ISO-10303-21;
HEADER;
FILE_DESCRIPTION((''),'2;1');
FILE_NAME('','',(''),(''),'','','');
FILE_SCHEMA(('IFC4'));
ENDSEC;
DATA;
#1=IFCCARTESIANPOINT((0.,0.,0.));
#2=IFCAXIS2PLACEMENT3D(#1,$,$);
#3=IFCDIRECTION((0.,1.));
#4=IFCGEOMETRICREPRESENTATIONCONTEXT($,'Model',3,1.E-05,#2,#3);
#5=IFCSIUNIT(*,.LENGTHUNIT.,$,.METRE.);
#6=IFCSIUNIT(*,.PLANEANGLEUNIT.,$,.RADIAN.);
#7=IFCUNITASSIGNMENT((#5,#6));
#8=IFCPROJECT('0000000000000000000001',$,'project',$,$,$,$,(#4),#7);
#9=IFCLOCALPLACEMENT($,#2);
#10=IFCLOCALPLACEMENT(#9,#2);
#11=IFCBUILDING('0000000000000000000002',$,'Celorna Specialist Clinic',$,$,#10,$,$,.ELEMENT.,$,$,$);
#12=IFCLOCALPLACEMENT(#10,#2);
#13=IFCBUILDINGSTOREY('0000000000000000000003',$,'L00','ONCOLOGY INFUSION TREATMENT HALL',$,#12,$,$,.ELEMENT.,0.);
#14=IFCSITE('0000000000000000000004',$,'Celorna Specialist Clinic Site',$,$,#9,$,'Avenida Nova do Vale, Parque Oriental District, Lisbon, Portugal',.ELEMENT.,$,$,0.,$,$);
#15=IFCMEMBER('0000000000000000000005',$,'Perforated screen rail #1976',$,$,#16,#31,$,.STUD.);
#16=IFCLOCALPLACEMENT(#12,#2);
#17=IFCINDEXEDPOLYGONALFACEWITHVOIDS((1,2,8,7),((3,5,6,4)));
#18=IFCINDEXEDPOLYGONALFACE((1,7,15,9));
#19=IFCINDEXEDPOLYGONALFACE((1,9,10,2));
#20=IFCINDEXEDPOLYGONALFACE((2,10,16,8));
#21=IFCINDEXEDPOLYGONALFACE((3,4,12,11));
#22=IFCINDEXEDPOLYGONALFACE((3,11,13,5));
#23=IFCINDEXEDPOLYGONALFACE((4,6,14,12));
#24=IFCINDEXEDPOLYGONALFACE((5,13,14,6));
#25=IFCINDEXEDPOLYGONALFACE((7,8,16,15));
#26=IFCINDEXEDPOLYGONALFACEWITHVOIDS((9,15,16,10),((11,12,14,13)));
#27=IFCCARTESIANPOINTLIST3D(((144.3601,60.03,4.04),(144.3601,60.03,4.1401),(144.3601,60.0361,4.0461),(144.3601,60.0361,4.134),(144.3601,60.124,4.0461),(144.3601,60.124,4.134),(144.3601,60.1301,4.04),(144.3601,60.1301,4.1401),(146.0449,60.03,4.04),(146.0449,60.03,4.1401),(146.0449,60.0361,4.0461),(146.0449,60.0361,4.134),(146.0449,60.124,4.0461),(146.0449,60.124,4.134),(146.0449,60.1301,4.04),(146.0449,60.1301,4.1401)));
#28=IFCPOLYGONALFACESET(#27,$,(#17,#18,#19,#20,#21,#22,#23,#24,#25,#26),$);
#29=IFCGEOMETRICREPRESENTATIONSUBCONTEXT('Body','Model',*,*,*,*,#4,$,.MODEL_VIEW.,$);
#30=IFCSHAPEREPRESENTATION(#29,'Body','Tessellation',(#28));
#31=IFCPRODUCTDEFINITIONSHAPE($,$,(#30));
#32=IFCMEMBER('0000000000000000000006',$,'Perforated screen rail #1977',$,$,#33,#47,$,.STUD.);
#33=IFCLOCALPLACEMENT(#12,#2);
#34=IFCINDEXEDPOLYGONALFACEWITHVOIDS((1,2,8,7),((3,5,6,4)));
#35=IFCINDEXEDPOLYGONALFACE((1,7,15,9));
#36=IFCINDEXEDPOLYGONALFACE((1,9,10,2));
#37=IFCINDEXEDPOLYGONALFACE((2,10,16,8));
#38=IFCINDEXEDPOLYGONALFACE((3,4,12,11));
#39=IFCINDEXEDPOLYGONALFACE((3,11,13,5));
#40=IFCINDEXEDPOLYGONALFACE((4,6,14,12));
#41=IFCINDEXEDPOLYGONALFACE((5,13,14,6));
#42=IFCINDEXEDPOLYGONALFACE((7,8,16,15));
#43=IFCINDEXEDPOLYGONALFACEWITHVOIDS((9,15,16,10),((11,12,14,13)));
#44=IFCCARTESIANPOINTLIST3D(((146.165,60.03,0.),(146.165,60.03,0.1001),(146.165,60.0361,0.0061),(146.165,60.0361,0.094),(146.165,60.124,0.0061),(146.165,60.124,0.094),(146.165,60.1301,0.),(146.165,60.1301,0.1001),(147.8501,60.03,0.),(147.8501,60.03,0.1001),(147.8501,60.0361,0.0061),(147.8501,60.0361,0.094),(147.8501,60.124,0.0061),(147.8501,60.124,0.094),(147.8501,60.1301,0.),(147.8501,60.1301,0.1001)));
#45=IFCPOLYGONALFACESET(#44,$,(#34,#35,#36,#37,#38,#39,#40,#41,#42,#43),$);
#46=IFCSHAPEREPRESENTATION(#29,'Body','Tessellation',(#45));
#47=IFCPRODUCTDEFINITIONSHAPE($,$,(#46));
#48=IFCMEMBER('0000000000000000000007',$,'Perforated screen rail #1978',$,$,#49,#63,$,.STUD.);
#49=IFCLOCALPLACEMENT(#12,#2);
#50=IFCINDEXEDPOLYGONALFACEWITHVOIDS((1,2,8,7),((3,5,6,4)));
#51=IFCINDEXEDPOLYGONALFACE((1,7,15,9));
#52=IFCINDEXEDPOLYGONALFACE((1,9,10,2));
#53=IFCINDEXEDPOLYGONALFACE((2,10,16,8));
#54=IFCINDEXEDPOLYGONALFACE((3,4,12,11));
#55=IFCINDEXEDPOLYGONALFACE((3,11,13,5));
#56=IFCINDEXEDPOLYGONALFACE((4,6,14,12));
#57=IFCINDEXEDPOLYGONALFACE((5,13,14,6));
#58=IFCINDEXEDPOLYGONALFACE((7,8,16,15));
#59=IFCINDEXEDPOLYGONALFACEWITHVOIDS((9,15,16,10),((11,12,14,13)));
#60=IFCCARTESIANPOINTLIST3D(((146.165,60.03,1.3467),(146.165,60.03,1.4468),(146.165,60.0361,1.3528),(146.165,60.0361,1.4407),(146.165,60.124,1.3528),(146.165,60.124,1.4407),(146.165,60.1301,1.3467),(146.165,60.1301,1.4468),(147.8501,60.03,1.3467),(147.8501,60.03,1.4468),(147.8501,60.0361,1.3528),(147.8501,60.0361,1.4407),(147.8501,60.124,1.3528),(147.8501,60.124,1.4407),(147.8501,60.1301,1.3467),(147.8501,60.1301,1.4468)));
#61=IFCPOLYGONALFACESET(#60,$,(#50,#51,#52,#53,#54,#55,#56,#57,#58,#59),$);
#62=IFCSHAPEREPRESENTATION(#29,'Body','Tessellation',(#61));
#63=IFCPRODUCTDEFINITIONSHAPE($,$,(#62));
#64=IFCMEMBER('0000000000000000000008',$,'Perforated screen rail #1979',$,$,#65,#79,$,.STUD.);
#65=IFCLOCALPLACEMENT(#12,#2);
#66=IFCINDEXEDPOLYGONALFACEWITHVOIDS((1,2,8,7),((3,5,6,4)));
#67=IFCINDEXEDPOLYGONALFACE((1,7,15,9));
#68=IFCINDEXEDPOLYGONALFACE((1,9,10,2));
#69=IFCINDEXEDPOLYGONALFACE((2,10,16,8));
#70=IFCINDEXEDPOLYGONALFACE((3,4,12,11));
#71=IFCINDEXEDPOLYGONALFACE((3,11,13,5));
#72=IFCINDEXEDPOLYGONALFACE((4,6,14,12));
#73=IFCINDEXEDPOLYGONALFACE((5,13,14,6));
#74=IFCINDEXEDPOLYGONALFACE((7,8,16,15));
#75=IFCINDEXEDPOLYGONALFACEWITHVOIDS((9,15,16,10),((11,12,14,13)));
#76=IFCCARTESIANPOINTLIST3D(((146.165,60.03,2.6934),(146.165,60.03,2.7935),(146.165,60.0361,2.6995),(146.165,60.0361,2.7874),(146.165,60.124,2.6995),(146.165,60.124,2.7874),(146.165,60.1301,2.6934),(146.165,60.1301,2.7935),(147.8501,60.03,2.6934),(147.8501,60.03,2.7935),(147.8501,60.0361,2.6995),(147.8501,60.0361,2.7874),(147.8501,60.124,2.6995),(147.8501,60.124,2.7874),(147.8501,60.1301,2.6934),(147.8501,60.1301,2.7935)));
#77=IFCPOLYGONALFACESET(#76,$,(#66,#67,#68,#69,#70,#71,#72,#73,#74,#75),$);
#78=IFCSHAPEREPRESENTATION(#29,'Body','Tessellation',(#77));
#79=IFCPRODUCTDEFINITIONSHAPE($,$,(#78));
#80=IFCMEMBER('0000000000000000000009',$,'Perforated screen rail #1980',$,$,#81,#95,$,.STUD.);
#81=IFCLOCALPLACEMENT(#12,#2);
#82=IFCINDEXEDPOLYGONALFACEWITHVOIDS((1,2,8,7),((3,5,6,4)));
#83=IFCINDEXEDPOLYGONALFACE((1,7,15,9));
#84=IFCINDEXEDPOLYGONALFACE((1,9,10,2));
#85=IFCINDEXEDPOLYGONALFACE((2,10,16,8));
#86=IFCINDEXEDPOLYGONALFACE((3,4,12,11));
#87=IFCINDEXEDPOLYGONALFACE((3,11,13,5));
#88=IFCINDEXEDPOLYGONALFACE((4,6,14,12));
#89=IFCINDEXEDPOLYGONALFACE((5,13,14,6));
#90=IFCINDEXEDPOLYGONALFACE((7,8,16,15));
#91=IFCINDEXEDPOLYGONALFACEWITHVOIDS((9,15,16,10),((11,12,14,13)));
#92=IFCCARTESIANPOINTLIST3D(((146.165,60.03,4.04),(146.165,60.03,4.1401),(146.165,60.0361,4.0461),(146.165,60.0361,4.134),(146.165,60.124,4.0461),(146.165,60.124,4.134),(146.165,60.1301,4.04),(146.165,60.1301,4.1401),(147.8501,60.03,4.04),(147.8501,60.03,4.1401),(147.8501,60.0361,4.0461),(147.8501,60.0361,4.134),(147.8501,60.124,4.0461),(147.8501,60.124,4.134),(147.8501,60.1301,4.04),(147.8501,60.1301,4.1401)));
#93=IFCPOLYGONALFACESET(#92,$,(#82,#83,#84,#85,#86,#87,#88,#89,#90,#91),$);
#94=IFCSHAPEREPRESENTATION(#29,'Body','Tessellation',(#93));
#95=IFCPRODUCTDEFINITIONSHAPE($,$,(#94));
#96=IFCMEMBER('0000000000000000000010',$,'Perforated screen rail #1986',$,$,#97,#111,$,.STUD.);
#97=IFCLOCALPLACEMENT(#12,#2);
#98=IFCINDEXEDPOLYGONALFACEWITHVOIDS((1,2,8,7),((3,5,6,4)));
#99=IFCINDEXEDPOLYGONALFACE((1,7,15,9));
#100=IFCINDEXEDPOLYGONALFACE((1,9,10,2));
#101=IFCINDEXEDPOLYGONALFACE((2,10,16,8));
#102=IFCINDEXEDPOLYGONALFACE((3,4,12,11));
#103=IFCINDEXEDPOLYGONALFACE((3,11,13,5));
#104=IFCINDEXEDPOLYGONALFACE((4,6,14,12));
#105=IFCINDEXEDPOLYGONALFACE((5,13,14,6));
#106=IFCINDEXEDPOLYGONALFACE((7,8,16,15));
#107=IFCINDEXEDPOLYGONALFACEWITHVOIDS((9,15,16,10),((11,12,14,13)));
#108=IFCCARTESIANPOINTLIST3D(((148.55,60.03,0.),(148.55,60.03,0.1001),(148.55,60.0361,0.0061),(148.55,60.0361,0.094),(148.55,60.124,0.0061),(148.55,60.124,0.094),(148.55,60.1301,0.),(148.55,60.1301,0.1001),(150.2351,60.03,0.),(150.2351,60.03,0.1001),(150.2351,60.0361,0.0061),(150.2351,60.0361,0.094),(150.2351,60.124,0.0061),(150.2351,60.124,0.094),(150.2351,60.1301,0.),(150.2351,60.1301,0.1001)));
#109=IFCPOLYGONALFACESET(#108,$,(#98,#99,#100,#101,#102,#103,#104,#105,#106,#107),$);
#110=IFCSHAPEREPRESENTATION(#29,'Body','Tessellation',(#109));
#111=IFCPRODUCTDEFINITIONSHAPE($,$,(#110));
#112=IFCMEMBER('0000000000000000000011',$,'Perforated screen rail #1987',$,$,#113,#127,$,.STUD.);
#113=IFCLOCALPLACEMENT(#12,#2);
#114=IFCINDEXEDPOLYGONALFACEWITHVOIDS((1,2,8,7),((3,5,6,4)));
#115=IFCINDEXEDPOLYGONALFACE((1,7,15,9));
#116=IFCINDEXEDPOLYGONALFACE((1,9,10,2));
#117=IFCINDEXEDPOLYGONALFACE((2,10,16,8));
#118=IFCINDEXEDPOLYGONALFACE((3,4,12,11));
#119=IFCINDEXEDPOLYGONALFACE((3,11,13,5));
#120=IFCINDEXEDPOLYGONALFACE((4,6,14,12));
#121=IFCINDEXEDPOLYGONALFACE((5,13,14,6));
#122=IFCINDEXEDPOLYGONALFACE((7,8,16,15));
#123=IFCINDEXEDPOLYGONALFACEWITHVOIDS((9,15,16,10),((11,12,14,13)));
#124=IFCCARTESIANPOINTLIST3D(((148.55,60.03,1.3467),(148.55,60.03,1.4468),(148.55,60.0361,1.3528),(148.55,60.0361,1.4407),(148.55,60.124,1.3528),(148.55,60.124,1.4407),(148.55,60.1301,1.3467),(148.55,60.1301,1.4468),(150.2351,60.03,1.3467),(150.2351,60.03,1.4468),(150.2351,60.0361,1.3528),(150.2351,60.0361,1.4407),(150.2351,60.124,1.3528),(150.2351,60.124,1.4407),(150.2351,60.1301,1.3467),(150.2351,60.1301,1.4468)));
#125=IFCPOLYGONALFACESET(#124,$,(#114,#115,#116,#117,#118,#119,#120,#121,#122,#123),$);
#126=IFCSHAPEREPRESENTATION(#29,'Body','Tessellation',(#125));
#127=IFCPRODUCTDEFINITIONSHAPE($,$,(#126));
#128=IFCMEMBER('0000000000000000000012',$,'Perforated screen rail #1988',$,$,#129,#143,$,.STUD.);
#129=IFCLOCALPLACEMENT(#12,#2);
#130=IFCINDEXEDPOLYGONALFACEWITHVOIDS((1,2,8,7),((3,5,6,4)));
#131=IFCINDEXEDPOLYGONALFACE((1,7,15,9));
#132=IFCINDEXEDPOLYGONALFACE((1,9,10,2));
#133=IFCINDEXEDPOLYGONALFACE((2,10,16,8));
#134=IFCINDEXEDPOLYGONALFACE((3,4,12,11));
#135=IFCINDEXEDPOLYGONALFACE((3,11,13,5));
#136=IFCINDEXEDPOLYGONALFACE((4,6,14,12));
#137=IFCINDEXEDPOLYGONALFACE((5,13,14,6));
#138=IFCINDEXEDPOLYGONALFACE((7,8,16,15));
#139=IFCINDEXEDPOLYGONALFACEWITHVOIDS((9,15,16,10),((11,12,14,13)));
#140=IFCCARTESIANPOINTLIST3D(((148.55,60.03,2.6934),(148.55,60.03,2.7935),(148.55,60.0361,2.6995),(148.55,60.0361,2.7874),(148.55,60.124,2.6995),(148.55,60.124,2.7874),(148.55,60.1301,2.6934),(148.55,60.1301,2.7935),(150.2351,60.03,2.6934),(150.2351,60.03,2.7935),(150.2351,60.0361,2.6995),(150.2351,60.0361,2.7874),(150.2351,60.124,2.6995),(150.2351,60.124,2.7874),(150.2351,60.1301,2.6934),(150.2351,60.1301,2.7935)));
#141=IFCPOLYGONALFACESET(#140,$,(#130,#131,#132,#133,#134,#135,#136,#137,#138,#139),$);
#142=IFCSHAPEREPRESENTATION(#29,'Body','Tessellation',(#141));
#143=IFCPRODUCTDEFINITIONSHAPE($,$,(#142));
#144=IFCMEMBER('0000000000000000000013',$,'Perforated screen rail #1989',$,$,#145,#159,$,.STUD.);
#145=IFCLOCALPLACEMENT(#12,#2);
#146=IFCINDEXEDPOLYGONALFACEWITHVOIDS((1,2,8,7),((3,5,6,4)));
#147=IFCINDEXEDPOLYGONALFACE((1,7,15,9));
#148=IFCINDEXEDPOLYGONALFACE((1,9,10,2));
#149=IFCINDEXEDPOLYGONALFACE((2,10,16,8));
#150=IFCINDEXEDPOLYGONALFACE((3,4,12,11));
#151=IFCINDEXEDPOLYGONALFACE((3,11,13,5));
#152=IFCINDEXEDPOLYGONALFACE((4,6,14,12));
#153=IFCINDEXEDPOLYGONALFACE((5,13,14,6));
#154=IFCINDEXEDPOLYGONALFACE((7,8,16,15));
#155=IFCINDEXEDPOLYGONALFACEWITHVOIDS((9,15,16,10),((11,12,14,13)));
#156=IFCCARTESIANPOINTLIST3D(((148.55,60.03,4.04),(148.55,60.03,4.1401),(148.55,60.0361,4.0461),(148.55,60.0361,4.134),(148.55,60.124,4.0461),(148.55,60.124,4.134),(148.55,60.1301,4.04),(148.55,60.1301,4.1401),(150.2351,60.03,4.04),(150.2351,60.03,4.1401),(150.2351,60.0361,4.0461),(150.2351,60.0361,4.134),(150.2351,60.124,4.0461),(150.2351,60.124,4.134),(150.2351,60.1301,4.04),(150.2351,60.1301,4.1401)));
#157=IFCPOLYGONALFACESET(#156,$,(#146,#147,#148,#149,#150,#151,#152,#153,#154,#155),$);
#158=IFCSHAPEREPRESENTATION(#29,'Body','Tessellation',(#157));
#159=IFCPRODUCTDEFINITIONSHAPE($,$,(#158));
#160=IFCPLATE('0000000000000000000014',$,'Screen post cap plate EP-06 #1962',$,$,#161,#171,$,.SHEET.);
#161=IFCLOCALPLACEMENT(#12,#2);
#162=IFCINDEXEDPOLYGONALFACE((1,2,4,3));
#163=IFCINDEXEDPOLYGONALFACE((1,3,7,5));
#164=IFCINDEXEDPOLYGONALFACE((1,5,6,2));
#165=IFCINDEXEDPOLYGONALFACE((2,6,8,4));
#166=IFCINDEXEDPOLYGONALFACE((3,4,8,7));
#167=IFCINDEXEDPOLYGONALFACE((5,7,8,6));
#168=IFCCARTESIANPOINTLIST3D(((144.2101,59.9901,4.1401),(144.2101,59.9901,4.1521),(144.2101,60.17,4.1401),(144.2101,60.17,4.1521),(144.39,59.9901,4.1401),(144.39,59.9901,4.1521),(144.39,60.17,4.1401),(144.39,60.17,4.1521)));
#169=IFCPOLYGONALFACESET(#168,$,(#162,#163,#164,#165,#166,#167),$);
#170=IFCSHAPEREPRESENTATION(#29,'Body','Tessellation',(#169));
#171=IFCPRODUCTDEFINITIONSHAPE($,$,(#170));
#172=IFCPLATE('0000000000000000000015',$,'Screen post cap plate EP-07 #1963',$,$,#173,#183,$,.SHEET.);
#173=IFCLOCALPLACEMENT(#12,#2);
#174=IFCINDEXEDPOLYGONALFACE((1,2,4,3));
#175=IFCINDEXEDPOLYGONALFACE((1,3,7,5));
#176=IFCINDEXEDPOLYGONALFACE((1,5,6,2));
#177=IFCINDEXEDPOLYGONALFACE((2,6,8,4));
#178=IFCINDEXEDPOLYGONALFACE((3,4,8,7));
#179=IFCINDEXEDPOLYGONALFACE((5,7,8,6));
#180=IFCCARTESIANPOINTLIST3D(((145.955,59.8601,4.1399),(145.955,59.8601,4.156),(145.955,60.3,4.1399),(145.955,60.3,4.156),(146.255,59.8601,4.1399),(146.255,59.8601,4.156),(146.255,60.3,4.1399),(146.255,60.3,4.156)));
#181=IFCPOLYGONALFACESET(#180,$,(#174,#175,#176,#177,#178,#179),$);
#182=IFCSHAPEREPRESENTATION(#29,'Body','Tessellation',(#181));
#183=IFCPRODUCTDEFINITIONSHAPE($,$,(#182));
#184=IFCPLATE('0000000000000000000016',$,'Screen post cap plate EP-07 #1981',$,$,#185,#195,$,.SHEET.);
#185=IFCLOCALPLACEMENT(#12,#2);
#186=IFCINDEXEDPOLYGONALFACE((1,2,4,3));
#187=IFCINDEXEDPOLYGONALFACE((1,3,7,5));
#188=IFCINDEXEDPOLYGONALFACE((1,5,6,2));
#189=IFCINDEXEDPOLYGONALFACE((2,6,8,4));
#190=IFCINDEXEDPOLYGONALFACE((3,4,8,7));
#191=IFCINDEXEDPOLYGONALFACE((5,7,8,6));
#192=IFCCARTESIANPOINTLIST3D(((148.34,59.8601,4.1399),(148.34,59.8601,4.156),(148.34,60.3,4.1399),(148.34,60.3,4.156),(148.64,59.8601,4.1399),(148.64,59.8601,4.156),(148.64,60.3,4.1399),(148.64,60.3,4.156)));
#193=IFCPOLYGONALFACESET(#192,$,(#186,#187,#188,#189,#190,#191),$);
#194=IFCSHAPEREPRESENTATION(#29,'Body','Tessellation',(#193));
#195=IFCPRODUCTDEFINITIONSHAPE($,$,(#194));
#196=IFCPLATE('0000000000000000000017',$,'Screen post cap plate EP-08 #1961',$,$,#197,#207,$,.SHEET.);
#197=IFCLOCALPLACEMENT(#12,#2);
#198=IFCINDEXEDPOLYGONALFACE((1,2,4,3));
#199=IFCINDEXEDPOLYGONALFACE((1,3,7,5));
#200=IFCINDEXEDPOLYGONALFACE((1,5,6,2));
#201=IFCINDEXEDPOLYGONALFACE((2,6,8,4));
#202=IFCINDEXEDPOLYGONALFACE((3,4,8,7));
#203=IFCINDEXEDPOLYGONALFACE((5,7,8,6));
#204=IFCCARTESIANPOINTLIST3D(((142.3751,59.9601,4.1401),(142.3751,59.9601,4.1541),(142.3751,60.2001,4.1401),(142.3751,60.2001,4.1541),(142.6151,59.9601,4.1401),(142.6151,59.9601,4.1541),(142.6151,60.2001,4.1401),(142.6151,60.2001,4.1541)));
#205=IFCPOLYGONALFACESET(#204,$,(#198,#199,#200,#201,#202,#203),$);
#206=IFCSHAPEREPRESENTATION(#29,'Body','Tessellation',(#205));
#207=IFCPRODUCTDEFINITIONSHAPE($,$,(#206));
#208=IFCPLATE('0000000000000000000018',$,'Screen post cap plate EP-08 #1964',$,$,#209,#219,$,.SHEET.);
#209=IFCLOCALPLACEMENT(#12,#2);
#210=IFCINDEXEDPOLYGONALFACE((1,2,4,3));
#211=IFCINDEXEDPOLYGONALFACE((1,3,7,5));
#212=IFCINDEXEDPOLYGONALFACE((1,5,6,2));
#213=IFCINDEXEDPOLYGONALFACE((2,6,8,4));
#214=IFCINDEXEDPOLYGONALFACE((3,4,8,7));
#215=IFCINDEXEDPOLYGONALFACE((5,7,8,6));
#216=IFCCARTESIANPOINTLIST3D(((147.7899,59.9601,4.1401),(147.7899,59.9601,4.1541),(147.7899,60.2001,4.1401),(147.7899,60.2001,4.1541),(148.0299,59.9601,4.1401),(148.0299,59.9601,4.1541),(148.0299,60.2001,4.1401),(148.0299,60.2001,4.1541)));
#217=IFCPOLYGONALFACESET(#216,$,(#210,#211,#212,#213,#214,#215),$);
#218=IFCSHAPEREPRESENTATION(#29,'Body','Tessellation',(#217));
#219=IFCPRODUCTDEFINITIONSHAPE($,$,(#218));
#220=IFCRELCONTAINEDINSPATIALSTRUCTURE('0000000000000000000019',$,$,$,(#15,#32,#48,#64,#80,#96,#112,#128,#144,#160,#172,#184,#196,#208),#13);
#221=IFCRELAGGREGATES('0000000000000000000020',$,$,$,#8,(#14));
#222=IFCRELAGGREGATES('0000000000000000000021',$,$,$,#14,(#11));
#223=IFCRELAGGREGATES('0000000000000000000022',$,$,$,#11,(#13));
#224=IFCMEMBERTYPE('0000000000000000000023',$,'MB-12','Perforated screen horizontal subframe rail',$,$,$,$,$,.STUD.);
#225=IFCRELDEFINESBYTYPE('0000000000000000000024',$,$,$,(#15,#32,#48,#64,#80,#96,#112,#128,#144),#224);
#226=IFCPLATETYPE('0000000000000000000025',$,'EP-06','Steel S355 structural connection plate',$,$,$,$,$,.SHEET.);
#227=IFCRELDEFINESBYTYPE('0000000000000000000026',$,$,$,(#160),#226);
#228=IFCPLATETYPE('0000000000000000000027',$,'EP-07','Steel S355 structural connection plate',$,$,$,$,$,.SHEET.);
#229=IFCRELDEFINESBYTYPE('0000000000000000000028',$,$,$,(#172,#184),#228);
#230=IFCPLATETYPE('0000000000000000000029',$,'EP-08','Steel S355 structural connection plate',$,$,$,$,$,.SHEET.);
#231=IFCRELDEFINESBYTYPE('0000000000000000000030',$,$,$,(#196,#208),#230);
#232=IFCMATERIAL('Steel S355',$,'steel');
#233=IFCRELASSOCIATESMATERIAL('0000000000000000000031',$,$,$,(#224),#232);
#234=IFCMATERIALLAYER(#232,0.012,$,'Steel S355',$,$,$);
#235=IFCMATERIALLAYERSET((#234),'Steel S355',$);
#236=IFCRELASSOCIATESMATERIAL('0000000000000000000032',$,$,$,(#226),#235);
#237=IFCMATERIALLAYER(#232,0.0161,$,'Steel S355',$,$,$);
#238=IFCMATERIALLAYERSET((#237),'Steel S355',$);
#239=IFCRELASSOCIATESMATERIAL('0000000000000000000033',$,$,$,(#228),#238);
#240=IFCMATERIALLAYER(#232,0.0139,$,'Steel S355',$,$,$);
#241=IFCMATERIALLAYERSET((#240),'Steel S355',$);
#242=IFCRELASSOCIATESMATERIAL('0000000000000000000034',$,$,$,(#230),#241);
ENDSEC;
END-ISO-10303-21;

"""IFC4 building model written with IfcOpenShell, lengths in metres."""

from ifc_helpers import new_model, si_unit, direction, frame, origin, origin_2d, place, context, subcontext, project, spatial, rectangle, hollow_rectangle, extrude, material, layer, layer_set, material_profile, profile_set, type_object, element, save


model = new_model("IFC4")

# Units and contexts
model_context = context("Model", 3, precision=1e-05, world=origin(), true_north=direction((0.0, 1.0)))
body_context = subcontext(model_context, "Body", "Model", "MODEL_VIEW")
ifc_project = project(units=[si_unit("LENGTHUNIT", "METRE"), si_unit("PLANEANGLEUNIT", "RADIAN")], contexts=[model_context])

# Site, building, storey
site_placement = place(None, origin())
site = spatial("IfcSite", under=ifc_project, at=site_placement, Name="Celorna Specialist Clinic Site", LongName="Avenida Nova do Vale, Parque Oriental District, Lisbon, Portugal", CompositionType="ELEMENT", RefElevation=0.0)
building_placement = place(site_placement, origin())
building = spatial("IfcBuilding", under=site, at=building_placement, Name="Celorna Specialist Clinic", CompositionType="ELEMENT")
storey_placement = place(building_placement, origin())
storey = spatial("IfcBuildingStorey", under=building, at=storey_placement, Name="L00", Description="ONCOLOGY INFUSION TREATMENT HALL", CompositionType="ELEMENT", Elevation=0.0)

# Members
ifc_material_1 = material(Name="Steel S355", Category="steel")
ifc_material_profile_1 = material_profile(ifc_material_1, hollow_rectangle(XDim=0.1001, YDim=0.1001, WallThickness=0.0061, at=origin_2d()), Name="SHS 100x100x6")
ifc_profile_set_1 = profile_set([ifc_material_profile_1], Name="Steel S355")
member_type_1 = type_object("IfcMemberType", Name="MB-12", Description="Perforated screen horizontal subframe rail", PredefinedType="STUD", material=ifc_profile_set_1)
for number, where, z_axis, x_axis, name in (
    (1, (144.3601, 60.0801, 4.0901), (1.0, 0.0, 0.0), (0.0, 1.0, 0.0), "Perforated screen rail #1976"),
):
    element("IfcMember", number, at=place(storey_placement, frame(where, z_axis=z_axis, x_axis=x_axis)), inside=storey, type_object=member_type_1, Name=name, PredefinedType="STUD", context=body_context, shape_type="SweptSolid", body=[
        extrude(hollow_rectangle(XDim=0.1001, YDim=0.1001, WallThickness=0.0061, at=origin_2d()), origin(), (0.0, 0.0, 1.0), 1.6848),
    ])
for number, where, z_axis, x_axis, name in (
    (2, (146.165, 60.0801, 0.05), (1.0, 0.0, 0.0), (0.0, 1.0, 0.0), "Perforated screen rail #1977"),
    (3, (146.165, 60.0801, 1.3967), (1.0, 0.0, 0.0), (0.0, 1.0, 0.0), "Perforated screen rail #1978"),
    (4, (146.165, 60.0801, 2.7434), (1.0, 0.0, 0.0), (0.0, 1.0, 0.0), "Perforated screen rail #1979"),
    (5, (146.165, 60.0801, 4.0901), (1.0, 0.0, 0.0), (0.0, 1.0, 0.0), "Perforated screen rail #1980"),
    (6, (148.55, 60.0801, 0.05), (1.0, 0.0, 0.0), (0.0, 1.0, 0.0), "Perforated screen rail #1986"),
    (7, (148.55, 60.0801, 1.3967), (1.0, 0.0, 0.0), (0.0, 1.0, 0.0), "Perforated screen rail #1987"),
    (8, (148.55, 60.0801, 2.7434), (1.0, 0.0, 0.0), (0.0, 1.0, 0.0), "Perforated screen rail #1988"),
    (9, (148.55, 60.0801, 4.0901), (1.0, 0.0, 0.0), (0.0, 1.0, 0.0), "Perforated screen rail #1989"),
):
    element("IfcMember", number, at=place(storey_placement, frame(where, z_axis=z_axis, x_axis=x_axis)), inside=storey, type_object=member_type_1, Name=name, PredefinedType="STUD", context=body_context, shape_type="SweptSolid", body=[
        extrude(hollow_rectangle(XDim=0.1001, YDim=0.1001, WallThickness=0.0061, at=origin_2d()), origin(), (0.0, 0.0, 1.0), 1.6851),
    ])

# Plates
ifc_layer_1 = layer(ifc_material_1, 0.012, Name="Steel S355")
ifc_layer_set_1 = layer_set([ifc_layer_1], Name="Steel S355")
plate_type_1 = type_object("IfcPlateType", Name="EP-06", Description="Steel S355 structural connection plate", PredefinedType="SHEET", material=ifc_layer_set_1)
plate_placement = place(storey_placement, frame((144.3, 60.0801, 4.1401), z_axis=(0.0, 0.0, 1.0), x_axis=(1.0, 0.0, 0.0)))
element("IfcPlate", 10, at=plate_placement, inside=storey, type_object=plate_type_1, Name="Screen post cap plate EP-06 #1962", PredefinedType="SHEET", context=body_context, shape_type="SweptSolid", body=[
    extrude(rectangle(XDim=0.1799, YDim=0.1799, at=origin_2d()), origin(), (0.0, 0.0, 1.0), 0.012),
])
ifc_layer_2 = layer(ifc_material_1, 0.0161, Name="Steel S355")
ifc_layer_set_2 = layer_set([ifc_layer_2], Name="Steel S355")
plate_type_2 = type_object("IfcPlateType", Name="EP-07", Description="Steel S355 structural connection plate", PredefinedType="SHEET", material=ifc_layer_set_2)
for number, where, z_axis, x_axis, name in (
    (11, (146.105, 60.0801, 4.1399), (0.0, 0.0, 1.0), (1.0, 0.0, 0.0), "Screen post cap plate EP-07 #1963"),
    (12, (148.49, 60.0801, 4.1399), (0.0, 0.0, 1.0), (1.0, 0.0, 0.0), "Screen post cap plate EP-07 #1981"),
):
    element("IfcPlate", number, at=place(storey_placement, frame(where, z_axis=z_axis, x_axis=x_axis)), inside=storey, type_object=plate_type_2, Name=name, PredefinedType="SHEET", context=body_context, shape_type="SweptSolid", body=[
        extrude(rectangle(XDim=0.3, YDim=0.4399, at=origin_2d()), origin(), (0.0, 0.0, 1.0), 0.0161),
    ])
ifc_layer_3 = layer(ifc_material_1, 0.0139, Name="Steel S355")
ifc_layer_set_3 = layer_set([ifc_layer_3], Name="Steel S355")
plate_type_3 = type_object("IfcPlateType", Name="EP-08", Description="Steel S355 structural connection plate", PredefinedType="SHEET", material=ifc_layer_set_3)
for number, where, z_axis, x_axis, name in (
    (13, (142.4951, 60.0801, 4.1401), (0.0, 0.0, 1.0), (1.0, 0.0, 0.0), "Screen post cap plate EP-08 #1961"),
    (14, (147.9099, 60.0801, 4.1401), (0.0, 0.0, 1.0), (1.0, 0.0, 0.0), "Screen post cap plate EP-08 #1964"),
):
    element("IfcPlate", number, at=place(storey_placement, frame(where, z_axis=z_axis, x_axis=x_axis)), inside=storey, type_object=plate_type_3, Name=name, PredefinedType="SHEET", context=body_context, shape_type="SweptSolid", body=[
        extrude(rectangle(XDim=0.24, YDim=0.24, at=origin_2d()), origin(), (0.0, 0.0, 1.0), 0.0139),
    ])

save(model, "model.ifc")
